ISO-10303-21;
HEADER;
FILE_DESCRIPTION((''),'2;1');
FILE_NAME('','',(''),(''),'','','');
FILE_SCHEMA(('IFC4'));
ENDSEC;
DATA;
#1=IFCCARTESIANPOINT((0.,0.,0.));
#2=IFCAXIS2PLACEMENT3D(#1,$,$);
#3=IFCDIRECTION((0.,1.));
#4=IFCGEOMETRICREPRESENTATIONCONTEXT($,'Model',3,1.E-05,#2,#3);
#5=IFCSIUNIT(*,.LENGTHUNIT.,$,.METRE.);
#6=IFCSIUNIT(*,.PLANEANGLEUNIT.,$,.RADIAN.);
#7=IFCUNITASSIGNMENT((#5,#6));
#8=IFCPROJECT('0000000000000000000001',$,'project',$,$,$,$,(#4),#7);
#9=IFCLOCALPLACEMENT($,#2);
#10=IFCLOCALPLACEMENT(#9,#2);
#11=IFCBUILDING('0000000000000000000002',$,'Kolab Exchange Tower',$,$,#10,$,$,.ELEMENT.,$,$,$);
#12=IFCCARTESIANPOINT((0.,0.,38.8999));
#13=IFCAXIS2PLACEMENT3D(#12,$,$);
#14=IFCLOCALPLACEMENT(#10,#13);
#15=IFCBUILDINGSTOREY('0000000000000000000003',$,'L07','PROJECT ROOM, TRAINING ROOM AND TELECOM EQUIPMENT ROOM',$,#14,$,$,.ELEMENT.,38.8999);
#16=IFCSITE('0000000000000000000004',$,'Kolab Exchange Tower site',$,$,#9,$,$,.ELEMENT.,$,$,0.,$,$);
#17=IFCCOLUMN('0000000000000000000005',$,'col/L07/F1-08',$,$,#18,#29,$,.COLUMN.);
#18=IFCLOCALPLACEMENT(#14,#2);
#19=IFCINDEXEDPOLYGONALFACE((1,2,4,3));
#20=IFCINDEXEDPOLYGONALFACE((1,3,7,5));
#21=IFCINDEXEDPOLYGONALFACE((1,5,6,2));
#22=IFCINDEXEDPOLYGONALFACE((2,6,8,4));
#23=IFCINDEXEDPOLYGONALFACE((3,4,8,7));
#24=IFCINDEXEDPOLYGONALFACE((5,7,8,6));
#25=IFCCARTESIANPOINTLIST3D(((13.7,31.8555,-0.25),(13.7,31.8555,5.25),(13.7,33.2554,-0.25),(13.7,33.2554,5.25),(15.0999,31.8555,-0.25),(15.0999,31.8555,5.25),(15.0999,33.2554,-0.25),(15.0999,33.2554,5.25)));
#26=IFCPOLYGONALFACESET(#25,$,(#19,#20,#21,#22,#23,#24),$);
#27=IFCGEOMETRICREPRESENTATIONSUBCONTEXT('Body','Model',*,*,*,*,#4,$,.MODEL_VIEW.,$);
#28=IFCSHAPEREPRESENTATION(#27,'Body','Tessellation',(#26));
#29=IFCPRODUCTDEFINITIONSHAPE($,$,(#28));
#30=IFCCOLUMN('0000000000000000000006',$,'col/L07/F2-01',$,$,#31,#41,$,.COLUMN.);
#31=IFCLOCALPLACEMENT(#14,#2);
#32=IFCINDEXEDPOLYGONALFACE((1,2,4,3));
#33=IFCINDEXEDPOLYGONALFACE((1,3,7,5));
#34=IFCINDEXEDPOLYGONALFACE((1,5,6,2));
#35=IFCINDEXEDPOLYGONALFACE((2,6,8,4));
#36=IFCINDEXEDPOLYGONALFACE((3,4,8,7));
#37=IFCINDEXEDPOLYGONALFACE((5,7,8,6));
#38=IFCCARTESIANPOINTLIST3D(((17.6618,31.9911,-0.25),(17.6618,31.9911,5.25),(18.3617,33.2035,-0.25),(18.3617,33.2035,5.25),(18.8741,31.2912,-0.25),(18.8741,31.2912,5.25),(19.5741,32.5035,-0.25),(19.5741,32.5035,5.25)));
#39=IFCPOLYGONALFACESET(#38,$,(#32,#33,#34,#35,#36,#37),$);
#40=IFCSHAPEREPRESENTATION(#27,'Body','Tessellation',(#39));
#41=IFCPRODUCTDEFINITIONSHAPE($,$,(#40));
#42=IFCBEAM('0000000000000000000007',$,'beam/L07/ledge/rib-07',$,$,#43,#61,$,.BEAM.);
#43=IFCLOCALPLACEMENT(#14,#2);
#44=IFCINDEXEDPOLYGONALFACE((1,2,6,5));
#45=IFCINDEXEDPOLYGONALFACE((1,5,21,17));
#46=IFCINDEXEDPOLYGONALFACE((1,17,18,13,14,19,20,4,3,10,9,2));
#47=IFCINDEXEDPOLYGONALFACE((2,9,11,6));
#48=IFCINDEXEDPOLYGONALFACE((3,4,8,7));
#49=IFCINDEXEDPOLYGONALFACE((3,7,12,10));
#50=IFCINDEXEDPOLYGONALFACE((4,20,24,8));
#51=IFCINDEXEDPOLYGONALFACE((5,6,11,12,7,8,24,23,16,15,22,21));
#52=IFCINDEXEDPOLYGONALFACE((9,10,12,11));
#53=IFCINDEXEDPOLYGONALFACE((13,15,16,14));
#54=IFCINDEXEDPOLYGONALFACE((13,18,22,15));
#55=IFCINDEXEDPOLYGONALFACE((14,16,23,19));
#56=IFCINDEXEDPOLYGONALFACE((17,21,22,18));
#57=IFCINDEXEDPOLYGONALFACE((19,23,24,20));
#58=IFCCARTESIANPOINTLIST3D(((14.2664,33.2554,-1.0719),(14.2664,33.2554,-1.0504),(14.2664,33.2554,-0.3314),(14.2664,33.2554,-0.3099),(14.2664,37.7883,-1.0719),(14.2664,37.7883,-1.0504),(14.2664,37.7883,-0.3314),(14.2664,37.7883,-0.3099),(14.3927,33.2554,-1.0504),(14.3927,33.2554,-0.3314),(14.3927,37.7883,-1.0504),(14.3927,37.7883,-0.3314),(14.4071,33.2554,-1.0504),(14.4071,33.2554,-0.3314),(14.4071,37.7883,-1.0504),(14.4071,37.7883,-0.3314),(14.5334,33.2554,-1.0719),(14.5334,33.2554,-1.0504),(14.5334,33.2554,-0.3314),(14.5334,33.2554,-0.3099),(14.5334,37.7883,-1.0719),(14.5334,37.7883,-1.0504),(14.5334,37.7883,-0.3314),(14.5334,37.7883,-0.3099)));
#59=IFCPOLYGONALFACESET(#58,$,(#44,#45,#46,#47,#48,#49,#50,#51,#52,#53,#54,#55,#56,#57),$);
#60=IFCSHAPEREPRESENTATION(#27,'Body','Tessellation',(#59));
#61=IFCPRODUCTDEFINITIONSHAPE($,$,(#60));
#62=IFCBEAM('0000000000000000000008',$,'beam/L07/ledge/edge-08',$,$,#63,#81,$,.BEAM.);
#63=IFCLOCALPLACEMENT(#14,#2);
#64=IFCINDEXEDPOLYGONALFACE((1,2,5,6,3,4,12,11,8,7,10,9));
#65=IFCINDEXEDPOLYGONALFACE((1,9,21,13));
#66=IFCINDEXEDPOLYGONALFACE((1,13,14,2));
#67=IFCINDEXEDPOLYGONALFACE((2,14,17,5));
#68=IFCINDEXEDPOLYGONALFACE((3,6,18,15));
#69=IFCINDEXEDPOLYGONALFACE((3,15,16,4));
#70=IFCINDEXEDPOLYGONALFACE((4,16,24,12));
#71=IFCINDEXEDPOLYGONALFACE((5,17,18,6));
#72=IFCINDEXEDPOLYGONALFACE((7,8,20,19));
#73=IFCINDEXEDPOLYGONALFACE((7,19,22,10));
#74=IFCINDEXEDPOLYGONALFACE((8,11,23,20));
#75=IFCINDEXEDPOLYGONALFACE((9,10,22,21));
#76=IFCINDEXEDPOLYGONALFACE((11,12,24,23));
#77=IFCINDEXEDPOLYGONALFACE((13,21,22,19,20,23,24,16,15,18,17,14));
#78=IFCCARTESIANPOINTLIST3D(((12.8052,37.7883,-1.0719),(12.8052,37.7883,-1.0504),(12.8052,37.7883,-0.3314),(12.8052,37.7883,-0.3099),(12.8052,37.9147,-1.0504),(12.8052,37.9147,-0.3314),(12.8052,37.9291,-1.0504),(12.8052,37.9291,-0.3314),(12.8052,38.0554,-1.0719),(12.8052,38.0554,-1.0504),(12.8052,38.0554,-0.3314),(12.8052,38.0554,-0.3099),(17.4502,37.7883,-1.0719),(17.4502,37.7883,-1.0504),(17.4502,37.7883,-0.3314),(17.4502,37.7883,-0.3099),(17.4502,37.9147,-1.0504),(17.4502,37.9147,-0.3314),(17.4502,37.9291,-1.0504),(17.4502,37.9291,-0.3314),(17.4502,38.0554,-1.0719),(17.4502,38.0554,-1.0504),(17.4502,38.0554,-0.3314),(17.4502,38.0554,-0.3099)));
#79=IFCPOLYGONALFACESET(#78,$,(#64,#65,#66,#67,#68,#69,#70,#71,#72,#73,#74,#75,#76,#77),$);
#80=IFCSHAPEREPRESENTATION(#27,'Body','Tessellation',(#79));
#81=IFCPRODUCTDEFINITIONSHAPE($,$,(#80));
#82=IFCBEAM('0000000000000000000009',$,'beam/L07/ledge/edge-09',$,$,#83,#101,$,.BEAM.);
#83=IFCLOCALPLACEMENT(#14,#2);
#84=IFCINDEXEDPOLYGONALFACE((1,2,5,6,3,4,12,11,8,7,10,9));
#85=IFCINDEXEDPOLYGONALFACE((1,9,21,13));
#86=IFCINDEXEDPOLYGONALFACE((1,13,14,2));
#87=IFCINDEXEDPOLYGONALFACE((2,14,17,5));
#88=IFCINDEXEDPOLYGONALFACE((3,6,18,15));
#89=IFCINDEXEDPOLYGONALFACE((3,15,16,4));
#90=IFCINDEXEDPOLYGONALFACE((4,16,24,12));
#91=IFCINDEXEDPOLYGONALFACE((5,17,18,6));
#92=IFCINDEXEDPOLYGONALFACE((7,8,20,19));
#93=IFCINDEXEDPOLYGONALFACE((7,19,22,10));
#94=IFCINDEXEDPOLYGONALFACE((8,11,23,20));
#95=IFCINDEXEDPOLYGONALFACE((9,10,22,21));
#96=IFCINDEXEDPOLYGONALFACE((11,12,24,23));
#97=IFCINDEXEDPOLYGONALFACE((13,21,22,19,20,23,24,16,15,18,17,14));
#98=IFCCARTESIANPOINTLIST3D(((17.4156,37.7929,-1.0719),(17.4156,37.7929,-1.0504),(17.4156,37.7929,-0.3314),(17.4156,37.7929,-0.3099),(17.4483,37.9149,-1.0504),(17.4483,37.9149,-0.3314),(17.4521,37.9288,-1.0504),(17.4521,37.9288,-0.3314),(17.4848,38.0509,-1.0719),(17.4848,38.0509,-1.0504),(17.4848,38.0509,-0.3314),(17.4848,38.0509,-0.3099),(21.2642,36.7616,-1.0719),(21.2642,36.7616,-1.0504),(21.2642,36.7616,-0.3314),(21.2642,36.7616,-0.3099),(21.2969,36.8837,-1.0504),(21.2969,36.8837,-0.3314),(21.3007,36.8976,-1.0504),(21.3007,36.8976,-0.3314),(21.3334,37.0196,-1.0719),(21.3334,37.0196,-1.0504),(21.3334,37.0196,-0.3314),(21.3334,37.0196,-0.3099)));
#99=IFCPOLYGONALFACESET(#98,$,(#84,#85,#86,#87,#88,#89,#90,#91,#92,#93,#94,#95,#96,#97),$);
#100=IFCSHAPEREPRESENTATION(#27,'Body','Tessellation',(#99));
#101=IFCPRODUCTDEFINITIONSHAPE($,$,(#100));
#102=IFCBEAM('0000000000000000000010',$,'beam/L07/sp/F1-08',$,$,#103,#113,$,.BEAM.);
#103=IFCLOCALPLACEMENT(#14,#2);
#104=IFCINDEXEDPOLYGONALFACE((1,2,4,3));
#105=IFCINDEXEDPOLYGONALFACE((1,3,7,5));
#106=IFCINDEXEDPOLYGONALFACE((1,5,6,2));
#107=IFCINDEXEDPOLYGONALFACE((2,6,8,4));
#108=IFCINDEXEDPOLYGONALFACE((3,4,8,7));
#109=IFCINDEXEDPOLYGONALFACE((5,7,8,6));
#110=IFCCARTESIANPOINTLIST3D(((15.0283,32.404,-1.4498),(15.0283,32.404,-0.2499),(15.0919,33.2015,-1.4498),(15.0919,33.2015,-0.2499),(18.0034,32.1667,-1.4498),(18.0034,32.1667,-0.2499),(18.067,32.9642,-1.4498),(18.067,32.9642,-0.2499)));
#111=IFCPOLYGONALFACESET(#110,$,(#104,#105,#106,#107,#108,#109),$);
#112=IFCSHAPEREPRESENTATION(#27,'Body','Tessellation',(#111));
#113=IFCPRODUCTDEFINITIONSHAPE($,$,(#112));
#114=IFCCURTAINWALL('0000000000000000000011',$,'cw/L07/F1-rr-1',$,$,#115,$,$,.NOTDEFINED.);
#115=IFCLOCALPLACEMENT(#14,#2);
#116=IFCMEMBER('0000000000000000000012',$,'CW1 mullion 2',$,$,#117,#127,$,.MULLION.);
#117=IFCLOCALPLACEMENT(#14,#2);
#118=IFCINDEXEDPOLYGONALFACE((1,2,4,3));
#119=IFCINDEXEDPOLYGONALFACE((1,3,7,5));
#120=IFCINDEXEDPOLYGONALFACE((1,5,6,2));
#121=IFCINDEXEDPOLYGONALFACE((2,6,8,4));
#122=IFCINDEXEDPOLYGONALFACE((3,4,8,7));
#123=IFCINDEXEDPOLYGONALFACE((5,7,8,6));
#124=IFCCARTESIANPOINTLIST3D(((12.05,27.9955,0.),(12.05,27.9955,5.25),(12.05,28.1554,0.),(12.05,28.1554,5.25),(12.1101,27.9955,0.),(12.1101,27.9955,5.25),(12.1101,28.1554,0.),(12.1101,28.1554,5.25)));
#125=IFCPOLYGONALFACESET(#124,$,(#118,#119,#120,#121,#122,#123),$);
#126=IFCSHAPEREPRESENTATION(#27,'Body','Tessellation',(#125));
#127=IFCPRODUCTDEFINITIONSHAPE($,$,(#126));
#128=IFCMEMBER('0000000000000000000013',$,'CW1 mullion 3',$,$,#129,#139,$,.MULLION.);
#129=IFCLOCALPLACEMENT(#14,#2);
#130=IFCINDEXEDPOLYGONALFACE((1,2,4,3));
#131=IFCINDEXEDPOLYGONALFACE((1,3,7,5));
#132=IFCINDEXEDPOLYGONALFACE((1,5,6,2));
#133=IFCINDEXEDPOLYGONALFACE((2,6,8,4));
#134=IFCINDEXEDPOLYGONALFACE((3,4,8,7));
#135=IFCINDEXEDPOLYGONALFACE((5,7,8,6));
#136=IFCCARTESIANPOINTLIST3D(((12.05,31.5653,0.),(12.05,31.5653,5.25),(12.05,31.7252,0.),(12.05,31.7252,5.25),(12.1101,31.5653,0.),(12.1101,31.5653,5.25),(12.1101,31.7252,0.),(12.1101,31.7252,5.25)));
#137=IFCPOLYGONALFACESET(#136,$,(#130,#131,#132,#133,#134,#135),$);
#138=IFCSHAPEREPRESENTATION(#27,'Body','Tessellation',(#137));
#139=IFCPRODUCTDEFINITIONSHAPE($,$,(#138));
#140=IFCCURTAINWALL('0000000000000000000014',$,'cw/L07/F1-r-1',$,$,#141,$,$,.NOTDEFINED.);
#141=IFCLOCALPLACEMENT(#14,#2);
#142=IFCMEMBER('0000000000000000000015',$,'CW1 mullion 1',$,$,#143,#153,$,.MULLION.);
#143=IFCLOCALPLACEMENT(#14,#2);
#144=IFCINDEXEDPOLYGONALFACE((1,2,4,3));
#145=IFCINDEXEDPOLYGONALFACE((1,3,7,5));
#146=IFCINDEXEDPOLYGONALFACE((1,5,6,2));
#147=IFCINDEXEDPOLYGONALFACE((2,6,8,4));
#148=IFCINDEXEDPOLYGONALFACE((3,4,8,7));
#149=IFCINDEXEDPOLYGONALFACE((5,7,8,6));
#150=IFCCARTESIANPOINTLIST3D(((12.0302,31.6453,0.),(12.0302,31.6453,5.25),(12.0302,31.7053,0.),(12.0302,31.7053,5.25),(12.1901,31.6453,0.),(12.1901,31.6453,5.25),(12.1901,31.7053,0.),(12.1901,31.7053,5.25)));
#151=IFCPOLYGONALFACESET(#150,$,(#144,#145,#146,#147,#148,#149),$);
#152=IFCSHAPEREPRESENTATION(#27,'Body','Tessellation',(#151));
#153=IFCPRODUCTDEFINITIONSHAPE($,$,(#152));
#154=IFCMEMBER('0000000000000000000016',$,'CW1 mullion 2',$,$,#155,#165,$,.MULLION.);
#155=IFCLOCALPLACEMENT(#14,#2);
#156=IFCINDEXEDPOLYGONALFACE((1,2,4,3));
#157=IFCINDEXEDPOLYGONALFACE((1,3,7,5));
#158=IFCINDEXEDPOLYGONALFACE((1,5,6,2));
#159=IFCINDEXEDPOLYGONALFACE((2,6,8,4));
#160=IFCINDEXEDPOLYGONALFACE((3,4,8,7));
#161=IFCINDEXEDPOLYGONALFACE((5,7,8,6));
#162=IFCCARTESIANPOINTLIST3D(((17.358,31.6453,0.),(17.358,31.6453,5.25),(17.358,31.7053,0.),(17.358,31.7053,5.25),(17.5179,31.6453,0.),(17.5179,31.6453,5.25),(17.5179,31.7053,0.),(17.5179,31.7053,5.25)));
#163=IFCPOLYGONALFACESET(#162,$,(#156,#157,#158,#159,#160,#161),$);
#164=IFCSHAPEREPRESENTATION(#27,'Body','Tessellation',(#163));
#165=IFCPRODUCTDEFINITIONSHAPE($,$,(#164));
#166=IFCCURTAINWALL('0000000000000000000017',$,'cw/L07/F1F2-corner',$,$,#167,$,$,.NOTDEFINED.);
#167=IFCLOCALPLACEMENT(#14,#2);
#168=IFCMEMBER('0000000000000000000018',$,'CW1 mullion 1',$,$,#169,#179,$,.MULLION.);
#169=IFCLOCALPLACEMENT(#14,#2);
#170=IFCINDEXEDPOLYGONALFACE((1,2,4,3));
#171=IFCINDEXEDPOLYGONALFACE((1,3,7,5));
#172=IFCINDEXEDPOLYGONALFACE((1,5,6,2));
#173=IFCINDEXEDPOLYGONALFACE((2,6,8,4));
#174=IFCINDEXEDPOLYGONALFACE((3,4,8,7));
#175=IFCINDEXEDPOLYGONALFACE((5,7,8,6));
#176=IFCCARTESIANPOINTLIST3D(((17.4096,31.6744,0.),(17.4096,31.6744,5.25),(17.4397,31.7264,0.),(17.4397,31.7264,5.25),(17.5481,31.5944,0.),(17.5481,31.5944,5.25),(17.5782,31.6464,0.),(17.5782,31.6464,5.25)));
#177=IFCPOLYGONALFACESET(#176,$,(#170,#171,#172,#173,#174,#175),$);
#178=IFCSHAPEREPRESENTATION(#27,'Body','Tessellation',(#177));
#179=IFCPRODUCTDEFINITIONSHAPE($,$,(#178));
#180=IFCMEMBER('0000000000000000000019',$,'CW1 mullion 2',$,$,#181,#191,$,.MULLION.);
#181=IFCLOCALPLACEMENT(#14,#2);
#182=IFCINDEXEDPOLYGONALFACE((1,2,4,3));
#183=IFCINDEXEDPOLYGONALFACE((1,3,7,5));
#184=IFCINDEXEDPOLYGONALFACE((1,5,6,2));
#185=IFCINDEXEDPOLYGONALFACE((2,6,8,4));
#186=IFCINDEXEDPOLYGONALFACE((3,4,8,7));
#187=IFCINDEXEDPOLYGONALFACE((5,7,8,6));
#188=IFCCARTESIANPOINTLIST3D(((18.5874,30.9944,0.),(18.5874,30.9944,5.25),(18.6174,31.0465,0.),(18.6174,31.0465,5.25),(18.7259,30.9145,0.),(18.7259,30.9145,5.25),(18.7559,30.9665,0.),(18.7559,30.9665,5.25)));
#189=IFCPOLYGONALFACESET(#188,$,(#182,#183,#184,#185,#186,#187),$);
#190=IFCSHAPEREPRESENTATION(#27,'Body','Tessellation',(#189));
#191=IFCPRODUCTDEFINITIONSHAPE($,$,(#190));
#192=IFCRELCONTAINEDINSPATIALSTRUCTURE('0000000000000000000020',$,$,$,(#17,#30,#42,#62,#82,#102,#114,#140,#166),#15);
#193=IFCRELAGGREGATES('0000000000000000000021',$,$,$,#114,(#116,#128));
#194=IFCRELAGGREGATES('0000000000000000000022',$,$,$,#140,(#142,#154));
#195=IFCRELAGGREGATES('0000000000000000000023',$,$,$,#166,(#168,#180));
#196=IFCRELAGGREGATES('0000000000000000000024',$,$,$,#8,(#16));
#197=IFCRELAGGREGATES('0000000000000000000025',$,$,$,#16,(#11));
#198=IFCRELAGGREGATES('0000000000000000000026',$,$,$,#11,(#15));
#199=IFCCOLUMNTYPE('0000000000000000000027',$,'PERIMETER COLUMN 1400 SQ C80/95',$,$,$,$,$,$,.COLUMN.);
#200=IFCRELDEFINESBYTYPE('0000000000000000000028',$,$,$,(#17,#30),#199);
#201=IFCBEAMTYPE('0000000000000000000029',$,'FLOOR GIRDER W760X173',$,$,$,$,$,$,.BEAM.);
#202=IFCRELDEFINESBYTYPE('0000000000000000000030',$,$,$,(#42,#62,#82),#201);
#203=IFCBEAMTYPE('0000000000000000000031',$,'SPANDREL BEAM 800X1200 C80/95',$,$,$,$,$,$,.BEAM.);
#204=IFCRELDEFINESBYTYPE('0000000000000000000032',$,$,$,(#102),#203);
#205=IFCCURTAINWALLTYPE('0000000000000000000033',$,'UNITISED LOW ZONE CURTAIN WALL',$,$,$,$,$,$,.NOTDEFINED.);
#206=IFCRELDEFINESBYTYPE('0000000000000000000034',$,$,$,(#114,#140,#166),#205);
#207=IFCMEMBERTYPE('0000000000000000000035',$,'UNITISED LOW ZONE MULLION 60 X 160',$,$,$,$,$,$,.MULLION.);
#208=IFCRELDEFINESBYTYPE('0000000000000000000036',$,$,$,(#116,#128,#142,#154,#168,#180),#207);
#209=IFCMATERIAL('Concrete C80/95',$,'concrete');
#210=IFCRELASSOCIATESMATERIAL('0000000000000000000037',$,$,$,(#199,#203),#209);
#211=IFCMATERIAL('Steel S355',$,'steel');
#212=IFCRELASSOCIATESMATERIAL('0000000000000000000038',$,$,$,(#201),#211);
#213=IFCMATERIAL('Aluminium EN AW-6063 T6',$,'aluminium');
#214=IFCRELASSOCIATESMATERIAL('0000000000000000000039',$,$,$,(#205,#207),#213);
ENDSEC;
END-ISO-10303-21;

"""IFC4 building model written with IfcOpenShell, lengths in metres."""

from ifc_helpers import new_model, si_unit, direction, frame, origin, origin_2d, place, context, subcontext, project, spatial, rectangle, i_section, extrude, material, material_profile, profile_set, type_object, element, aggregate, save


model = new_model("IFC4")

# Units and contexts
model_context = context("Model", 3, precision=1e-05, world=origin(), true_north=direction((0.0, 1.0)))
body_context = subcontext(model_context, "Body", "Model", "MODEL_VIEW")
ifc_project = project(units=[si_unit("LENGTHUNIT", "METRE"), si_unit("PLANEANGLEUNIT", "RADIAN")], contexts=[model_context])

# Site, building, storey
site_placement = place(None, origin())
site = spatial("IfcSite", under=ifc_project, at=site_placement, Name="Kolab Exchange Tower site", CompositionType="ELEMENT", RefElevation=0.0)
building_placement = place(site_placement, origin())
building = spatial("IfcBuilding", under=site, at=building_placement, Name="Kolab Exchange Tower", CompositionType="ELEMENT")
storey_placement = place(building_placement, frame((0.0, 0.0, 38.8999)))
storey = spatial("IfcBuildingStorey", under=building, at=storey_placement, Name="L07", Description="PROJECT ROOM, TRAINING ROOM AND TELECOM EQUIPMENT ROOM", CompositionType="ELEMENT", Elevation=38.8999)

# Columns
ifc_material_1 = material(Name="Concrete C80/95", Category="concrete")
ifc_material_profile_1 = material_profile(ifc_material_1, rectangle(XDim=1.3999, YDim=1.3999, at=origin_2d()), Name="RC1400")
ifc_profile_set_1 = profile_set([ifc_material_profile_1], Name="Concrete C80/95")
column_type = type_object("IfcColumnType", Name="PERIMETER COLUMN 1400 SQ C80/95", PredefinedType="COLUMN", material=ifc_profile_set_1)
for number, where, z_axis, x_axis, name in (
    (1, (14.3999, 32.5554, -0.25), (0.0, 0.0, 1.0), (1.0, 0.0, 0.0), "col/L07/F1-08"),
    (2, (18.6179, 32.2473, -0.25), (0.0, 0.0, 1.0), (0.5, 0.866025, 0.0), "col/L07/F2-01"),
):
    element("IfcColumn", number, at=place(storey_placement, frame(where, z_axis=z_axis, x_axis=x_axis)), inside=storey, type_object=column_type, Name=name, PredefinedType="COLUMN", context=body_context, shape_type="SweptSolid", body=[
        extrude(rectangle(XDim=1.3999, YDim=1.3999, at=origin_2d()), origin(), (0.0, 0.0, 1.0), 5.5),
    ])

# Beams
ifc_material_2 = material(Name="Steel S355", Category="steel")
ifc_material_profile_2 = material_profile(ifc_material_2, i_section(OverallWidth=0.2671, OverallDepth=0.762, WebThickness=0.0144, FlangeThickness=0.0215, at=origin_2d()), Name="W760X173")
ifc_profile_set_2 = profile_set([ifc_material_profile_2], Name="Steel S355")
beam_type_1 = type_object("IfcBeamType", Name="FLOOR GIRDER W760X173", PredefinedType="BEAM", material=ifc_profile_set_2)
beam_1_placement = place(storey_placement, frame((14.3999, 33.2554, -0.6909), z_axis=(0.0, 1.0, 0.0), x_axis=(-1.0, 0.0, 0.0)))
element("IfcBeam", 3, at=beam_1_placement, inside=storey, type_object=beam_type_1, Name="beam/L07/ledge/rib-07", PredefinedType="BEAM", context=body_context, shape_type="SweptSolid", body=[
    extrude(i_section(OverallWidth=0.2671, OverallDepth=0.762, WebThickness=0.0144, FlangeThickness=0.0215, at=origin_2d()), origin(), (0.0, 0.0, 1.0), 4.533),
])
beam_2_placement = place(storey_placement, frame((12.8052, 37.9219, -0.6909), z_axis=(1.0, 0.0, 0.0), x_axis=(0.0, 1.0, 0.0)))
element("IfcBeam", 4, at=beam_2_placement, inside=storey, type_object=beam_type_1, Name="beam/L07/ledge/edge-08", PredefinedType="BEAM", context=body_context, shape_type="SweptSolid", body=[
    extrude(i_section(OverallWidth=0.2671, OverallDepth=0.762, WebThickness=0.0144, FlangeThickness=0.0215, at=origin_2d()), origin(), (0.0, 0.0, 1.0), 4.645),
])
beam_3_placement = place(storey_placement, frame((17.4502, 37.9219, -0.6909), z_axis=(0.965925, -0.258822, 0.0), x_axis=(0.258822, 0.965925, 0.0)))
element("IfcBeam", 5, at=beam_3_placement, inside=storey, type_object=beam_type_1, Name="beam/L07/ledge/edge-09", PredefinedType="BEAM", context=body_context, shape_type="SweptSolid", body=[
    extrude(i_section(OverallWidth=0.2671, OverallDepth=0.762, WebThickness=0.0144, FlangeThickness=0.0215, at=origin_2d()), origin(), (0.0, 0.0, 1.0), 3.9844),
])
ifc_material_profile_3 = material_profile(ifc_material_1, rectangle(XDim=0.8, YDim=1.2, at=origin_2d()), Name="RC800X1200")
ifc_profile_set_3 = profile_set([ifc_material_profile_3], Name="Concrete C80/95")
beam_type_2 = type_object("IfcBeamType", Name="SPANDREL BEAM 800X1200 C80/95", PredefinedType="BEAM", material=ifc_profile_set_3)
beam_4_placement = place(storey_placement, frame((15.0601, 32.8027, -0.8499), z_axis=(0.996834, -0.079511, 0.0), x_axis=(0.079511, 0.996834, 0.0)))
element("IfcBeam", 6, at=beam_4_placement, inside=storey, type_object=beam_type_2, Name="beam/L07/sp/F1-08", PredefinedType="BEAM", context=body_context, shape_type="SweptSolid", body=[
    extrude(rectangle(XDim=0.8, YDim=1.2, at=origin_2d()), origin(), (0.0, 0.0, 1.0), 2.9846),
])

# Curtain walls, members
ifc_material_3 = material(Name="Aluminium EN AW-6063 T6", Category="aluminium")
curtain_wall_type = type_object("IfcCurtainWallType", Name="UNITISED LOW ZONE CURTAIN WALL", PredefinedType="NOTDEFINED", material=ifc_material_3)
curtain_wall_1_placement = place(storey_placement, origin())
curtain_wall_1 = element("IfcCurtainWall", 7, at=curtain_wall_1_placement, inside=storey, type_object=curtain_wall_type, Name="cw/L07/F1-rr-1", PredefinedType="NOTDEFINED")
ifc_material_profile_4 = material_profile(ifc_material_3, rectangle(XDim=0.0601, YDim=0.1599, at=origin_2d()), Name="RECT 60X160")
ifc_profile_set_4 = profile_set([ifc_material_profile_4], Name="Aluminium EN AW-6063 T6")
member_type_1 = type_object("IfcMemberType", Name="UNITISED LOW ZONE MULLION 60 X 160", PredefinedType="MULLION", material=ifc_profile_set_4)
member_1_placement = place(storey_placement, frame((12.0801, 28.0754, 0.0), z_axis=(0.0, 0.0, 1.0), x_axis=(-1.0, 0.0, 0.0)))
member_1 = element("IfcMember", 8, at=member_1_placement, type_object=member_type_1, Name="CW1 mullion 2", PredefinedType="MULLION", context=body_context, shape_type="SweptSolid", body=[
    extrude(rectangle(XDim=0.0601, YDim=0.1599, at=origin_2d()), origin(), (0.0, 0.0, 1.0), 5.25),
])
member_2_placement = place(storey_placement, frame((12.0801, 31.6453, 0.0), z_axis=(0.0, 0.0, 1.0), x_axis=(-1.0, 0.0, 0.0)))
member_2 = element("IfcMember", 9, at=member_2_placement, type_object=member_type_1, Name="CW1 mullion 3", PredefinedType="MULLION", context=body_context, shape_type="SweptSolid", body=[
    extrude(rectangle(XDim=0.0601, YDim=0.1599, at=origin_2d()), origin(), (0.0, 0.0, 1.0), 5.25),
])
curtain_wall_2_placement = place(storey_placement, origin())
curtain_wall_2 = element("IfcCurtainWall", 10, at=curtain_wall_2_placement, inside=storey, type_object=curtain_wall_type, Name="cw/L07/F1-r-1", PredefinedType="NOTDEFINED")
member_3_placement = place(storey_placement, frame((12.1101, 31.6753, 0.0), z_axis=(0.0, 0.0, 1.0), x_axis=(0.0, 1.0, 0.0)))
member_3 = element("IfcMember", 11, at=member_3_placement, type_object=member_type_1, Name="CW1 mullion 1", PredefinedType="MULLION", context=body_context, shape_type="SweptSolid", body=[
    extrude(rectangle(XDim=0.0601, YDim=0.1599, at=origin_2d()), origin(), (0.0, 0.0, 1.0), 5.25),
])
member_4_placement = place(storey_placement, frame((17.438, 31.6753, 0.0), z_axis=(0.0, 0.0, 1.0), x_axis=(0.0, 1.0, 0.0)))
member_4 = element("IfcMember", 12, at=member_4_placement, type_object=member_type_1, Name="CW1 mullion 2", PredefinedType="MULLION", context=body_context, shape_type="SweptSolid", body=[
    extrude(rectangle(XDim=0.0601, YDim=0.1599, at=origin_2d()), origin(), (0.0, 0.0, 1.0), 5.25),
])
curtain_wall_3_placement = place(storey_placement, origin())
curtain_wall_3 = element("IfcCurtainWall", 13, at=curtain_wall_3_placement, inside=storey, type_object=curtain_wall_type, Name="cw/L07/F1F2-corner", PredefinedType="NOTDEFINED")
member_5_placement = place(storey_placement, frame((17.4939, 31.6604, 0.0), z_axis=(0.0, 0.0, 1.0), x_axis=(0.5, 0.866025, 0.0)))
member_5 = element("IfcMember", 14, at=member_5_placement, type_object=member_type_1, Name="CW1 mullion 1", PredefinedType="MULLION", context=body_context, shape_type="SweptSolid", body=[
    extrude(rectangle(XDim=0.0601, YDim=0.1599, at=origin_2d()), origin(), (0.0, 0.0, 1.0), 5.25),
])
member_6_placement = place(storey_placement, frame((18.6716, 30.9805, 0.0), z_axis=(0.0, 0.0, 1.0), x_axis=(0.5, 0.866025, 0.0)))
member_6 = element("IfcMember", 15, at=member_6_placement, type_object=member_type_1, Name="CW1 mullion 2", PredefinedType="MULLION", context=body_context, shape_type="SweptSolid", body=[
    extrude(rectangle(XDim=0.0601, YDim=0.1599, at=origin_2d()), origin(), (0.0, 0.0, 1.0), 5.25),
])

aggregate(curtain_wall_1, [member_1, member_2])
aggregate(curtain_wall_2, [member_3, member_4])
aggregate(curtain_wall_3, [member_5, member_6])

save(model, "model.ifc")
